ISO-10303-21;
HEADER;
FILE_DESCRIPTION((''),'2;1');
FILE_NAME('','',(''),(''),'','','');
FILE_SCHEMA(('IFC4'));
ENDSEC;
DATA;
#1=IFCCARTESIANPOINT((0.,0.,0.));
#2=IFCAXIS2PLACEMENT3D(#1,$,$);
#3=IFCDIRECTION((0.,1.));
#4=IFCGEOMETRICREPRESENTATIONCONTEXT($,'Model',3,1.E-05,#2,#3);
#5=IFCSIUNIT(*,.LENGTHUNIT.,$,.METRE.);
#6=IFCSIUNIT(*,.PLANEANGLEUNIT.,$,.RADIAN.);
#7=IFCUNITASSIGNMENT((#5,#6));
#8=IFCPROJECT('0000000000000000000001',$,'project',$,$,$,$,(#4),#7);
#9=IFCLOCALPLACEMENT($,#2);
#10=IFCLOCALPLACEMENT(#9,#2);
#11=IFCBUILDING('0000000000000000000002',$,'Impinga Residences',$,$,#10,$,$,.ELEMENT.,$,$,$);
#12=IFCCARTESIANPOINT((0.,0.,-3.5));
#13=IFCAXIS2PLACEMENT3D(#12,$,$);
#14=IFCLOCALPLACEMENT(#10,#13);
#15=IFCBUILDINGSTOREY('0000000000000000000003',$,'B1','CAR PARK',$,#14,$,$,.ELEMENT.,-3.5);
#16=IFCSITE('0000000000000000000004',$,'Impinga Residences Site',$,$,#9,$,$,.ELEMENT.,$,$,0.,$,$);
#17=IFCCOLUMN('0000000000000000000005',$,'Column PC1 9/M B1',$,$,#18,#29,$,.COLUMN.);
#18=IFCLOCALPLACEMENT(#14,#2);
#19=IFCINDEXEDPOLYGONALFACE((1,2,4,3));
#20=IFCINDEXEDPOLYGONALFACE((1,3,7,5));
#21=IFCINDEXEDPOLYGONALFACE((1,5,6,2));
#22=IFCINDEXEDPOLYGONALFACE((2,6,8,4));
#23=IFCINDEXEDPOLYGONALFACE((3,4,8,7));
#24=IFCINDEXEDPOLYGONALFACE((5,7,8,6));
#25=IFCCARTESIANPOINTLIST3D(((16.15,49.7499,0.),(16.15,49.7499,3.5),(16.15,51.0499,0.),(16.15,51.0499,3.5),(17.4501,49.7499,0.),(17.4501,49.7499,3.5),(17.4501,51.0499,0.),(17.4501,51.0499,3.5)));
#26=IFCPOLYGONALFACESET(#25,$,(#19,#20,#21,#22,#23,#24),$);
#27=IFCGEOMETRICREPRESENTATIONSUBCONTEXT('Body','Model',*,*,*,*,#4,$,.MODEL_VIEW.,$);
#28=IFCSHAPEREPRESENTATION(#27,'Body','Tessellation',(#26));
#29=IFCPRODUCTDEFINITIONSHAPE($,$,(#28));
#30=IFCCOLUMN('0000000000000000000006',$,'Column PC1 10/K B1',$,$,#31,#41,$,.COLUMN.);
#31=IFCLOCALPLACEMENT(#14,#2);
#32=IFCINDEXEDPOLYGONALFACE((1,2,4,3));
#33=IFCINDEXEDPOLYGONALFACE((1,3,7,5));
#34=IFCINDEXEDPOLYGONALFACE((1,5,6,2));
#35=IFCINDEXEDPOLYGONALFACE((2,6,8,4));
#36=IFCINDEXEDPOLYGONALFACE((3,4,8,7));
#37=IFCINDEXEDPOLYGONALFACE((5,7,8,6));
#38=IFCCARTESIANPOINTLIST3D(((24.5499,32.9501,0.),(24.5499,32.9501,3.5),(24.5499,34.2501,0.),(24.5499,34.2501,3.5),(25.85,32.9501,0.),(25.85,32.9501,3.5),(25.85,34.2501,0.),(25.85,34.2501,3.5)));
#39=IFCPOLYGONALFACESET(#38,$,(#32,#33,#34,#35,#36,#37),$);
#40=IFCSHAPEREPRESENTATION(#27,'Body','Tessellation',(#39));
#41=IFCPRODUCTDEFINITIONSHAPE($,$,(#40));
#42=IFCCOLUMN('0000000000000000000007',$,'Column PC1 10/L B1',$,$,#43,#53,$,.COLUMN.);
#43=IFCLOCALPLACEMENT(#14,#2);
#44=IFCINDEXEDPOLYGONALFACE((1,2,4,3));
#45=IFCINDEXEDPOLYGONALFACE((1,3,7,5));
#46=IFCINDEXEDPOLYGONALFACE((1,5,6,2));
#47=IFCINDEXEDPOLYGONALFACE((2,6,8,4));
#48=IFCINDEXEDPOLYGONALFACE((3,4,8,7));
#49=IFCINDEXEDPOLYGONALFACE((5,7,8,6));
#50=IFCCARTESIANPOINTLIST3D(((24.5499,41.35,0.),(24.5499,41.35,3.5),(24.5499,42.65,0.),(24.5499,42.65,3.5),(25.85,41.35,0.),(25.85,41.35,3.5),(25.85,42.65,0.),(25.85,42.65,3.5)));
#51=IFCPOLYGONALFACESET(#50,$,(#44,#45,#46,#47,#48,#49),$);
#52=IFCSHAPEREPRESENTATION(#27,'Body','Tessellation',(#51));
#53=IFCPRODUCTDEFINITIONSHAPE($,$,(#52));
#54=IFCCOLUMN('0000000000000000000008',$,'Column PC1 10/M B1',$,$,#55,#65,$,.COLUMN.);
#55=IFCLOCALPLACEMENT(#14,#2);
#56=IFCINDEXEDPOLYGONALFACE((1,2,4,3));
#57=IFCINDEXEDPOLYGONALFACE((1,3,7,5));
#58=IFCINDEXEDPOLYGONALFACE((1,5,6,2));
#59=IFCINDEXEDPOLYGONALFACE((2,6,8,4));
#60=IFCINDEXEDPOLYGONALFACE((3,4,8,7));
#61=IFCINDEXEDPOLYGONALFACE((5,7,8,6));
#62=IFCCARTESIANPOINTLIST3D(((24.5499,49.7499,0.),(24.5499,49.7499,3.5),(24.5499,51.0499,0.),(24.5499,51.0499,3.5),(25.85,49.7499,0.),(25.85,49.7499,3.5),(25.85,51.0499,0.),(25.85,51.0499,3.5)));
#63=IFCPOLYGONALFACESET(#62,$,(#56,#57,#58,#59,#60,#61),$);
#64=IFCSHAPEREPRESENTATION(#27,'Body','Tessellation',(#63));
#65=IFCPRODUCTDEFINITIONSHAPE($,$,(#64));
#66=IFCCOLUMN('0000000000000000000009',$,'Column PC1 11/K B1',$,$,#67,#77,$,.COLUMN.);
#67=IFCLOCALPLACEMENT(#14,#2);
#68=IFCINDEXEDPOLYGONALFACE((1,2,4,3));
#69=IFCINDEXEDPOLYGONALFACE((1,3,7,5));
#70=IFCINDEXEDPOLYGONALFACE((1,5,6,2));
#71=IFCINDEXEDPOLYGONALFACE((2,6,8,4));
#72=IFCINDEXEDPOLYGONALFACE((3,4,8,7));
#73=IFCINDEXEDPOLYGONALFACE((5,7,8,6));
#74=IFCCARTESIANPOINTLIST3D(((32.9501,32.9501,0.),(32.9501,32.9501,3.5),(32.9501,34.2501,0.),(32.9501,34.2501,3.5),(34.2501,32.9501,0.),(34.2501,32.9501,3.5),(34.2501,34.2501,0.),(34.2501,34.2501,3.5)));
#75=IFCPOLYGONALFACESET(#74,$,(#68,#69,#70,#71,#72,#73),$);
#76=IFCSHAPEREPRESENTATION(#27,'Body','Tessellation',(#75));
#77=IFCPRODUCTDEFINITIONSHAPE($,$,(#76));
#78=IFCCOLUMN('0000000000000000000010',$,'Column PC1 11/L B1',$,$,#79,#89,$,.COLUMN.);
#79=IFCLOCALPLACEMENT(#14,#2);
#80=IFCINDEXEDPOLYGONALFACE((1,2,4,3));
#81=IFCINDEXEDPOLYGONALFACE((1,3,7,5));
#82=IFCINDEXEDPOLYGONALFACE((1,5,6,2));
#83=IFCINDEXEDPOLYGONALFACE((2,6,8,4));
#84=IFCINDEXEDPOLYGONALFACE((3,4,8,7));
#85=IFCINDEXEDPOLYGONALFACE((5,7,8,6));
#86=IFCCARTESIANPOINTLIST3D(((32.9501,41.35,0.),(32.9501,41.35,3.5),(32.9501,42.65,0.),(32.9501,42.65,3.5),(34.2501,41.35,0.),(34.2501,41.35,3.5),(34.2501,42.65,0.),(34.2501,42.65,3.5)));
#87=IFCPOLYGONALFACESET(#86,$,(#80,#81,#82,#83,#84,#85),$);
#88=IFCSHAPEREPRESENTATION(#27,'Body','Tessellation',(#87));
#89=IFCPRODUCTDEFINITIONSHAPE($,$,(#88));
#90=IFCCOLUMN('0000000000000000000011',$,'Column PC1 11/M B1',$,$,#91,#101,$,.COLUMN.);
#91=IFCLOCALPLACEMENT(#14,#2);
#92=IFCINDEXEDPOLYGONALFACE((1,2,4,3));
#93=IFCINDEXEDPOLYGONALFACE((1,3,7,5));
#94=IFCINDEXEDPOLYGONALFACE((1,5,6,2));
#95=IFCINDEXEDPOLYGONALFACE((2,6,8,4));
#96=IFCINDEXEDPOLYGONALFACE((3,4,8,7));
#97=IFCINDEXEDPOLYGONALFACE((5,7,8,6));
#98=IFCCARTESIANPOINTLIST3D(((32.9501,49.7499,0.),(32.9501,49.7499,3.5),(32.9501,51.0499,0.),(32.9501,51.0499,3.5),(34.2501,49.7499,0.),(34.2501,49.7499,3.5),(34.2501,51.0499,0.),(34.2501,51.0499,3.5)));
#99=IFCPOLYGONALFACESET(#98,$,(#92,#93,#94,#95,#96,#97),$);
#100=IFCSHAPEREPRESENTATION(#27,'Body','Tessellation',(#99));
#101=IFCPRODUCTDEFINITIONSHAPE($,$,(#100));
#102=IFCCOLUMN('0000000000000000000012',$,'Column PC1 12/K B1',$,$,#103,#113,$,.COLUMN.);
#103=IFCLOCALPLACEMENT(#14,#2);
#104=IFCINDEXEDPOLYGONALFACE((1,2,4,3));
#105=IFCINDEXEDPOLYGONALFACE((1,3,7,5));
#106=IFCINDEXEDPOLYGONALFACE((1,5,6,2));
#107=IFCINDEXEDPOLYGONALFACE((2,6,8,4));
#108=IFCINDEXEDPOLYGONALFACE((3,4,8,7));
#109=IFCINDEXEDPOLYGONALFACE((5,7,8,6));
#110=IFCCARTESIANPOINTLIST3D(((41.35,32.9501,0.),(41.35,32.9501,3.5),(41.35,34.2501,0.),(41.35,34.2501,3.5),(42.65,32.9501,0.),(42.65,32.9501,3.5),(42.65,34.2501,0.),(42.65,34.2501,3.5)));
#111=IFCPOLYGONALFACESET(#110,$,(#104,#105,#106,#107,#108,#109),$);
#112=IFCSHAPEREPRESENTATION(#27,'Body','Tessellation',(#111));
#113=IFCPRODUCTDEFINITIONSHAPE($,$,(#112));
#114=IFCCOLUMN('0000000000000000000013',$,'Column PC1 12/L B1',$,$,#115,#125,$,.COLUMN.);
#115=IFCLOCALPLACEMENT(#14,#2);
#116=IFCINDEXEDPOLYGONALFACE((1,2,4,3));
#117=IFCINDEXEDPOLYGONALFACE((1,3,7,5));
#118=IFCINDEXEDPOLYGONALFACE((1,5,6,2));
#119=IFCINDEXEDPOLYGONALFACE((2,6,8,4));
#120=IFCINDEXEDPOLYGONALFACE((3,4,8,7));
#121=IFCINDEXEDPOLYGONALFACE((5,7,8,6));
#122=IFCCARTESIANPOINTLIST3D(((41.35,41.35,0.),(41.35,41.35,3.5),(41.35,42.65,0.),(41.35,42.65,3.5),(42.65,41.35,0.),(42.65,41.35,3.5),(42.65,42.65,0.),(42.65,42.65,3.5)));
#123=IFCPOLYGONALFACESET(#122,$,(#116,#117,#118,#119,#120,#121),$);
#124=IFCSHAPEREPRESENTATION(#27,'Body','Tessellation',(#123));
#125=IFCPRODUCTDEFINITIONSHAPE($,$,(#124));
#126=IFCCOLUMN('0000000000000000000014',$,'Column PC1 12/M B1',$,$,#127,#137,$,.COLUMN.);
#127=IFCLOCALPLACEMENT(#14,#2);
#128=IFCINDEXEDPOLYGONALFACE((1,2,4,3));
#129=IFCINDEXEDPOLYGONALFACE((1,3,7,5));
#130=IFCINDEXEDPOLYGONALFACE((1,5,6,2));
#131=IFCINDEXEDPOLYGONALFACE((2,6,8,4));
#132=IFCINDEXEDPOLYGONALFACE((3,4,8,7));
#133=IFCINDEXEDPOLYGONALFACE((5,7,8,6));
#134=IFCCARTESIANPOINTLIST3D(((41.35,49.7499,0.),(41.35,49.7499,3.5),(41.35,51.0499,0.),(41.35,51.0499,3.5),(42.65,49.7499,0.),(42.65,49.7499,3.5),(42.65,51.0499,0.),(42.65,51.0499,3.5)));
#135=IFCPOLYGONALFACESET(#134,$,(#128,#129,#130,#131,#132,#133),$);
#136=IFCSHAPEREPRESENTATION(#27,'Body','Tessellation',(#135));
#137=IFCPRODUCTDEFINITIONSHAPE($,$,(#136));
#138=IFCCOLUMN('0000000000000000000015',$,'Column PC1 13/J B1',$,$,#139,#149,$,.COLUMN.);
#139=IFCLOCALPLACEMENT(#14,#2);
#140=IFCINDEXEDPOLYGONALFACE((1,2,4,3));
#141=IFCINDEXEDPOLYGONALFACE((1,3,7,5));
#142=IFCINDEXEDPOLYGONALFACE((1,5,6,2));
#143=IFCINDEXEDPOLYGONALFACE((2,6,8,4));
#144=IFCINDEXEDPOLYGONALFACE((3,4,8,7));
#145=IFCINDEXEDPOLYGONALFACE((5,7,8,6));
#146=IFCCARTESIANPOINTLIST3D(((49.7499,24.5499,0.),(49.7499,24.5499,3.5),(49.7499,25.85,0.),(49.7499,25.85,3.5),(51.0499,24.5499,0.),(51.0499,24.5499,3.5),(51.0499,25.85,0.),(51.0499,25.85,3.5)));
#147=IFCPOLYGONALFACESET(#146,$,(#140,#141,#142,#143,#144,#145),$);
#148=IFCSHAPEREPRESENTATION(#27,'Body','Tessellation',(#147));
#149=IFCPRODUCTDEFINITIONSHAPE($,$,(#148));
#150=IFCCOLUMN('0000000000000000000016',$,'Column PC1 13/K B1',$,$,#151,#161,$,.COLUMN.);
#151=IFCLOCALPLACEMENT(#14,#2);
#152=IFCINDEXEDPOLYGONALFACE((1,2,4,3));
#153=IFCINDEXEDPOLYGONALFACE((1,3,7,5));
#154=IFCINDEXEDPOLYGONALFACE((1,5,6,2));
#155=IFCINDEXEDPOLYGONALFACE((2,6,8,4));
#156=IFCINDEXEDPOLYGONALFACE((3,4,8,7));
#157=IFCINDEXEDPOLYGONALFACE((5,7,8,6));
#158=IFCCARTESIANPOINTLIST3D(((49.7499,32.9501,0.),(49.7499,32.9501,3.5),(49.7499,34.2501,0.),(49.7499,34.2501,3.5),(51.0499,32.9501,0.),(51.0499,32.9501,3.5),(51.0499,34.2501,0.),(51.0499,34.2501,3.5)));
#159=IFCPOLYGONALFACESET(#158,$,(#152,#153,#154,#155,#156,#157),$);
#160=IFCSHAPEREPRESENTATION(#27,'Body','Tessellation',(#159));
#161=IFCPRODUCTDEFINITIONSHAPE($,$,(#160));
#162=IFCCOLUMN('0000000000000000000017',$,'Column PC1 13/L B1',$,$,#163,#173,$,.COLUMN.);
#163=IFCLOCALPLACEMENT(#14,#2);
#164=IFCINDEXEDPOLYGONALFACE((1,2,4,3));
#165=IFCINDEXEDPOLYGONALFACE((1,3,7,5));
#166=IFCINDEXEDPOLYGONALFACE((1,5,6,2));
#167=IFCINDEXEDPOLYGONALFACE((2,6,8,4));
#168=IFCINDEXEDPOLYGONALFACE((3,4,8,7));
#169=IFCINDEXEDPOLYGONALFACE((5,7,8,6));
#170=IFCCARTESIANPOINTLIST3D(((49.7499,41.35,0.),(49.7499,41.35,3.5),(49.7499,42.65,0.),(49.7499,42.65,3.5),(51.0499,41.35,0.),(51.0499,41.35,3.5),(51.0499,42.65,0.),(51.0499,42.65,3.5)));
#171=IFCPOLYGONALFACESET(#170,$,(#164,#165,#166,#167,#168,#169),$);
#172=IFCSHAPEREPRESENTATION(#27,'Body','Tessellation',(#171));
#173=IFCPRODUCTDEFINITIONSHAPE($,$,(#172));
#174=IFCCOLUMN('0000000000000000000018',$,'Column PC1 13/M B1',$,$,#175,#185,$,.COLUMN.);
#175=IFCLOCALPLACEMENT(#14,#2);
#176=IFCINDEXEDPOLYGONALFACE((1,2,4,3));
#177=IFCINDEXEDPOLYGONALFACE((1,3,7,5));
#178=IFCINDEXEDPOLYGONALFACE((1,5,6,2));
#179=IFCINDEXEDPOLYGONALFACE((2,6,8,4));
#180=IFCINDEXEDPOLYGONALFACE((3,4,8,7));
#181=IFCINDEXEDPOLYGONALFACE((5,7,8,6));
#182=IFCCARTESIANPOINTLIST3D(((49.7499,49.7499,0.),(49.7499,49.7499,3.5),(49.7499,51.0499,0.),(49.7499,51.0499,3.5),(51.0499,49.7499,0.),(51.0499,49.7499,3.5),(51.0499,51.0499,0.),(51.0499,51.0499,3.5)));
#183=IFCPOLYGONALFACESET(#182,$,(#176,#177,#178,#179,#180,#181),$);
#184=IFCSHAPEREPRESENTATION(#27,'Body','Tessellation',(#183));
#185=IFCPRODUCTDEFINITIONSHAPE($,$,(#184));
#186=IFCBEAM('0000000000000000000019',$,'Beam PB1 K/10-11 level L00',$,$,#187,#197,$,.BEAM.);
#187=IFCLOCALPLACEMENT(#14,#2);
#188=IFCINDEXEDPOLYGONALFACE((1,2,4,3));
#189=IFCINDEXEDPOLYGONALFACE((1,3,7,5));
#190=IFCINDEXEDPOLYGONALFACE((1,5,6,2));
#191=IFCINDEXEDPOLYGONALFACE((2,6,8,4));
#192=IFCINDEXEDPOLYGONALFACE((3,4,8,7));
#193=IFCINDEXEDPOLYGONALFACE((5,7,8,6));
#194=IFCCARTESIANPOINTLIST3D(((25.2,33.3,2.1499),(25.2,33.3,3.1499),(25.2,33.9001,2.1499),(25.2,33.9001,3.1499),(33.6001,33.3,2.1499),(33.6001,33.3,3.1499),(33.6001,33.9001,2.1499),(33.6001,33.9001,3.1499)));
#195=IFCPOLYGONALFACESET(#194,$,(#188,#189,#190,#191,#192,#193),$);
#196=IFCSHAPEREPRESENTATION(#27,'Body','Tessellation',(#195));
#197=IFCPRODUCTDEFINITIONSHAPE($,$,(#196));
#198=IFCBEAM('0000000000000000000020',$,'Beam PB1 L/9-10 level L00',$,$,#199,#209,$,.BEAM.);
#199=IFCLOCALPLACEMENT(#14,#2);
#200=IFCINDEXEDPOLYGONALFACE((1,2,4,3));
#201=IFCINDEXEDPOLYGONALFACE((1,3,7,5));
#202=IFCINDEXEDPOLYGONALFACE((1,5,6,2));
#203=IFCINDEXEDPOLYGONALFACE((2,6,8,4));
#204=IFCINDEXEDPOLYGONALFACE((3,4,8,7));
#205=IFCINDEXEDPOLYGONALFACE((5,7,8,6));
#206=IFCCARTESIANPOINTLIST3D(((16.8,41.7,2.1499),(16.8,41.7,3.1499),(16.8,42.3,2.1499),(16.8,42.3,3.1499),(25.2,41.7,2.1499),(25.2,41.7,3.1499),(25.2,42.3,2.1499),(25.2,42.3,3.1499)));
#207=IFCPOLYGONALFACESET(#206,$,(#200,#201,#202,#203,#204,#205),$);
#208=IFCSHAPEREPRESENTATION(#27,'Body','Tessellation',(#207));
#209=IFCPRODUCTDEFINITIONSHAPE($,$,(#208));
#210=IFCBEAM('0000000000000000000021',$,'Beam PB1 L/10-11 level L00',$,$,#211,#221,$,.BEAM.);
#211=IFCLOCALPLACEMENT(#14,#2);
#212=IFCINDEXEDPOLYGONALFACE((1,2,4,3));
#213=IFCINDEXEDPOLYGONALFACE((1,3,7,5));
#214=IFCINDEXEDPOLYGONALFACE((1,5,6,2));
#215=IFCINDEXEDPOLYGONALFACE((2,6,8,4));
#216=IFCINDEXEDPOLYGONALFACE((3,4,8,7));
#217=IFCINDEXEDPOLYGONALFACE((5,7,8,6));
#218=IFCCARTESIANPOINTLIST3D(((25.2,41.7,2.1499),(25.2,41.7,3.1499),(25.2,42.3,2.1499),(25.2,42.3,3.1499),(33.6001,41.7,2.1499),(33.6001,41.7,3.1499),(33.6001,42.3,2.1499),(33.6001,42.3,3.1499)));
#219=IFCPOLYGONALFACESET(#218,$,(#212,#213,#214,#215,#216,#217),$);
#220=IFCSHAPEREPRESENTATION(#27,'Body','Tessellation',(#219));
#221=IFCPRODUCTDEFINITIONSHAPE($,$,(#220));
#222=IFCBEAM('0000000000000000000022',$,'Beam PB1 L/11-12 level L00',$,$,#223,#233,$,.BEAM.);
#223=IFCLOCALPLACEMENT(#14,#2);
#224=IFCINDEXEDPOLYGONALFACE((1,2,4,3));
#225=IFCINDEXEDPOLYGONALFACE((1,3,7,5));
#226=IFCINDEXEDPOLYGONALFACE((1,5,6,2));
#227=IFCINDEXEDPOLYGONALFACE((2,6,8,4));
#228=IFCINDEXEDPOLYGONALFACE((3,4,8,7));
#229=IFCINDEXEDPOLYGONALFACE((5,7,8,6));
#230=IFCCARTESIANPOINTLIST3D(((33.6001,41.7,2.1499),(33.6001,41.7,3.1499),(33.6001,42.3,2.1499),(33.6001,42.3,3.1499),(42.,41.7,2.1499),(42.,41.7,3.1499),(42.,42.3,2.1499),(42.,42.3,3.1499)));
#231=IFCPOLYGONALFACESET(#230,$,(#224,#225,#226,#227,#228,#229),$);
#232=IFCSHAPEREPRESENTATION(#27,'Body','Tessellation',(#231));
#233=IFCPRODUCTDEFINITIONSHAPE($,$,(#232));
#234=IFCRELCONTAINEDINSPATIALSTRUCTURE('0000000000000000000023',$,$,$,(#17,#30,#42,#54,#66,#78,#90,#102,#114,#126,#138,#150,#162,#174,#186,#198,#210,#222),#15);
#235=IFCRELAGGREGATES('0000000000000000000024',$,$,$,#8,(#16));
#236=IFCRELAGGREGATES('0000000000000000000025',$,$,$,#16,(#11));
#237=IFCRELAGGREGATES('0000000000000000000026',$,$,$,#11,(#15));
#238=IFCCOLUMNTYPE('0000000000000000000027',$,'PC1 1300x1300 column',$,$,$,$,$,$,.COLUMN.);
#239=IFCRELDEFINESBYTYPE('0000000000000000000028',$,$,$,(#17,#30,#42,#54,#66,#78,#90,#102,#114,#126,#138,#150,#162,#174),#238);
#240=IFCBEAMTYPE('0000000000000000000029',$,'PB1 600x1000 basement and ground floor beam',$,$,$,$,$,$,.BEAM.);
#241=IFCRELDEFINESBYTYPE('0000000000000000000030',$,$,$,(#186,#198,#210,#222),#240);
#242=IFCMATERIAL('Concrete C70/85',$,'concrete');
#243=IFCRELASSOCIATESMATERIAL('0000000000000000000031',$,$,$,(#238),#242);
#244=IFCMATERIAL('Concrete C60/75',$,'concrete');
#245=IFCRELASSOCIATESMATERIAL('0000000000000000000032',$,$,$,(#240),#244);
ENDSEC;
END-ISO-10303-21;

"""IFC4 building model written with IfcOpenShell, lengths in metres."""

from ifc_helpers import new_model, si_unit, direction, frame, origin, origin_2d, place, context, subcontext, project, spatial, rectangle, extrude, material, material_profile, profile_set, type_object, element, save


model = new_model("IFC4")

# Units and contexts
model_context = context("Model", 3, precision=1e-05, world=origin(), true_north=direction((0.0, 1.0)))
body_context = subcontext(model_context, "Body", "Model", "MODEL_VIEW")
ifc_project = project(units=[si_unit("LENGTHUNIT", "METRE"), si_unit("PLANEANGLEUNIT", "RADIAN")], contexts=[model_context])

# Site, building, storey
site_placement = place(None, origin())
site = spatial("IfcSite", under=ifc_project, at=site_placement, Name="Impinga Residences Site", CompositionType="ELEMENT", RefElevation=0.0)
building_placement = place(site_placement, origin())
building = spatial("IfcBuilding", under=site, at=building_placement, Name="Impinga Residences", CompositionType="ELEMENT")
storey_placement = place(building_placement, frame((0.0, 0.0, -3.5)))
storey = spatial("IfcBuildingStorey", under=building, at=storey_placement, Name="B1", Description="CAR PARK", CompositionType="ELEMENT", Elevation=-3.5)

# Columns
ifc_material_1 = material(Name="Concrete C70/85", Category="concrete")
ifc_material_profile_1 = material_profile(ifc_material_1, rectangle(XDim=1.3, YDim=1.3, at=origin_2d()), Name="RC 1300x1300")
ifc_profile_set_1 = profile_set([ifc_material_profile_1], Name="Concrete C70/85")
column_type = type_object("IfcColumnType", Name="PC1 1300x1300 column", PredefinedType="COLUMN", material=ifc_profile_set_1)
for number, where, z_axis, x_axis, name in (
    (1, (16.8, 50.3999, 0.0), (0.0, 0.0, 1.0), (1.0, 0.0, 0.0), "Column PC1 9/M B1"),
    (2, (25.2, 33.6001, 0.0), (0.0, 0.0, 1.0), (1.0, 0.0, 0.0), "Column PC1 10/K B1"),
    (3, (25.2, 42.0, 0.0), (0.0, 0.0, 1.0), (1.0, 0.0, 0.0), "Column PC1 10/L B1"),
    (4, (25.2, 50.3999, 0.0), (0.0, 0.0, 1.0), (1.0, 0.0, 0.0), "Column PC1 10/M B1"),
    (5, (33.6001, 33.6001, 0.0), (0.0, 0.0, 1.0), (1.0, 0.0, 0.0), "Column PC1 11/K B1"),
    (6, (33.6001, 42.0, 0.0), (0.0, 0.0, 1.0), (1.0, 0.0, 0.0), "Column PC1 11/L B1"),
    (7, (33.6001, 50.3999, 0.0), (0.0, 0.0, 1.0), (1.0, 0.0, 0.0), "Column PC1 11/M B1"),
    (8, (42.0, 33.6001, 0.0), (0.0, 0.0, 1.0), (1.0, 0.0, 0.0), "Column PC1 12/K B1"),
    (9, (42.0, 42.0, 0.0), (0.0, 0.0, 1.0), (1.0, 0.0, 0.0), "Column PC1 12/L B1"),
    (10, (42.0, 50.3999, 0.0), (0.0, 0.0, 1.0), (1.0, 0.0, 0.0), "Column PC1 12/M B1"),
    (11, (50.3999, 25.2, 0.0), (0.0, 0.0, 1.0), (1.0, 0.0, 0.0), "Column PC1 13/J B1"),
    (12, (50.3999, 33.6001, 0.0), (0.0, 0.0, 1.0), (1.0, 0.0, 0.0), "Column PC1 13/K B1"),
    (13, (50.3999, 42.0, 0.0), (0.0, 0.0, 1.0), (1.0, 0.0, 0.0), "Column PC1 13/L B1"),
    (14, (50.3999, 50.3999, 0.0), (0.0, 0.0, 1.0), (1.0, 0.0, 0.0), "Column PC1 13/M B1"),
):
    element("IfcColumn", number, at=place(storey_placement, frame(where, z_axis=z_axis, x_axis=x_axis)), inside=storey, type_object=column_type, Name=name, PredefinedType="COLUMN", context=body_context, shape_type="SweptSolid", body=[
        extrude(rectangle(XDim=1.3, YDim=1.3, at=origin_2d()), origin(), (0.0, 0.0, 1.0), 3.5),
    ])

# Beams
ifc_material_2 = material(Name="Concrete C60/75", Category="concrete")
ifc_material_profile_2 = material_profile(ifc_material_2, rectangle(XDim=0.6001, YDim=1.0, at=origin_2d()), Name="RC 600x1000")
ifc_profile_set_2 = profile_set([ifc_material_profile_2], Name="Concrete C60/75")
beam_type = type_object("IfcBeamType", Name="PB1 600x1000 basement and ground floor beam", PredefinedType="BEAM", material=ifc_profile_set_2)
beam_1_placement = place(storey_placement, frame((25.2, 33.6001, 2.6499), z_axis=(1.0, 0.0, 0.0), x_axis=(0.0, 1.0, 0.0)))
element("IfcBeam", 15, at=beam_1_placement, inside=storey, type_object=beam_type, Name="Beam PB1 K/10-11 level L00", PredefinedType="BEAM", context=body_context, shape_type="SweptSolid", body=[
    extrude(rectangle(XDim=0.6001, YDim=1.0, at=origin_2d()), origin(), (0.0, 0.0, 1.0), 8.4001),
])
beam_2_placement = place(storey_placement, frame((16.8, 42.0, 2.6499), z_axis=(1.0, 0.0, 0.0), x_axis=(0.0, 1.0, 0.0)))
element("IfcBeam", 16, at=beam_2_placement, inside=storey, type_object=beam_type, Name="Beam PB1 L/9-10 level L00", PredefinedType="BEAM", context=body_context, shape_type="SweptSolid", body=[
    extrude(rectangle(XDim=0.6001, YDim=1.0, at=origin_2d()), origin(), (0.0, 0.0, 1.0), 8.3999),
])
beam_3_placement = place(storey_placement, frame((25.2, 42.0, 2.6499), z_axis=(1.0, 0.0, 0.0), x_axis=(0.0, 1.0, 0.0)))
element("IfcBeam", 17, at=beam_3_placement, inside=storey, type_object=beam_type, Name="Beam PB1 L/10-11 level L00", PredefinedType="BEAM", context=body_context, shape_type="SweptSolid", body=[
    extrude(rectangle(XDim=0.6001, YDim=1.0, at=origin_2d()), origin(), (0.0, 0.0, 1.0), 8.4001),
])
for number, where, z_axis, x_axis, name in (
    (18, (33.6001, 42.0, 2.6499), (1.0, 0.0, 0.0), (0.0, 1.0, 0.0), "Beam PB1 L/11-12 level L00"),
):
    element("IfcBeam", number, at=place(storey_placement, frame(where, z_axis=z_axis, x_axis=x_axis)), inside=storey, type_object=beam_type, Name=name, PredefinedType="BEAM", context=body_context, shape_type="SweptSolid", body=[
        extrude(rectangle(XDim=0.6001, YDim=1.0, at=origin_2d()), origin(), (0.0, 0.0, 1.0), 8.3999),
    ])

save(model, "model.ifc")
